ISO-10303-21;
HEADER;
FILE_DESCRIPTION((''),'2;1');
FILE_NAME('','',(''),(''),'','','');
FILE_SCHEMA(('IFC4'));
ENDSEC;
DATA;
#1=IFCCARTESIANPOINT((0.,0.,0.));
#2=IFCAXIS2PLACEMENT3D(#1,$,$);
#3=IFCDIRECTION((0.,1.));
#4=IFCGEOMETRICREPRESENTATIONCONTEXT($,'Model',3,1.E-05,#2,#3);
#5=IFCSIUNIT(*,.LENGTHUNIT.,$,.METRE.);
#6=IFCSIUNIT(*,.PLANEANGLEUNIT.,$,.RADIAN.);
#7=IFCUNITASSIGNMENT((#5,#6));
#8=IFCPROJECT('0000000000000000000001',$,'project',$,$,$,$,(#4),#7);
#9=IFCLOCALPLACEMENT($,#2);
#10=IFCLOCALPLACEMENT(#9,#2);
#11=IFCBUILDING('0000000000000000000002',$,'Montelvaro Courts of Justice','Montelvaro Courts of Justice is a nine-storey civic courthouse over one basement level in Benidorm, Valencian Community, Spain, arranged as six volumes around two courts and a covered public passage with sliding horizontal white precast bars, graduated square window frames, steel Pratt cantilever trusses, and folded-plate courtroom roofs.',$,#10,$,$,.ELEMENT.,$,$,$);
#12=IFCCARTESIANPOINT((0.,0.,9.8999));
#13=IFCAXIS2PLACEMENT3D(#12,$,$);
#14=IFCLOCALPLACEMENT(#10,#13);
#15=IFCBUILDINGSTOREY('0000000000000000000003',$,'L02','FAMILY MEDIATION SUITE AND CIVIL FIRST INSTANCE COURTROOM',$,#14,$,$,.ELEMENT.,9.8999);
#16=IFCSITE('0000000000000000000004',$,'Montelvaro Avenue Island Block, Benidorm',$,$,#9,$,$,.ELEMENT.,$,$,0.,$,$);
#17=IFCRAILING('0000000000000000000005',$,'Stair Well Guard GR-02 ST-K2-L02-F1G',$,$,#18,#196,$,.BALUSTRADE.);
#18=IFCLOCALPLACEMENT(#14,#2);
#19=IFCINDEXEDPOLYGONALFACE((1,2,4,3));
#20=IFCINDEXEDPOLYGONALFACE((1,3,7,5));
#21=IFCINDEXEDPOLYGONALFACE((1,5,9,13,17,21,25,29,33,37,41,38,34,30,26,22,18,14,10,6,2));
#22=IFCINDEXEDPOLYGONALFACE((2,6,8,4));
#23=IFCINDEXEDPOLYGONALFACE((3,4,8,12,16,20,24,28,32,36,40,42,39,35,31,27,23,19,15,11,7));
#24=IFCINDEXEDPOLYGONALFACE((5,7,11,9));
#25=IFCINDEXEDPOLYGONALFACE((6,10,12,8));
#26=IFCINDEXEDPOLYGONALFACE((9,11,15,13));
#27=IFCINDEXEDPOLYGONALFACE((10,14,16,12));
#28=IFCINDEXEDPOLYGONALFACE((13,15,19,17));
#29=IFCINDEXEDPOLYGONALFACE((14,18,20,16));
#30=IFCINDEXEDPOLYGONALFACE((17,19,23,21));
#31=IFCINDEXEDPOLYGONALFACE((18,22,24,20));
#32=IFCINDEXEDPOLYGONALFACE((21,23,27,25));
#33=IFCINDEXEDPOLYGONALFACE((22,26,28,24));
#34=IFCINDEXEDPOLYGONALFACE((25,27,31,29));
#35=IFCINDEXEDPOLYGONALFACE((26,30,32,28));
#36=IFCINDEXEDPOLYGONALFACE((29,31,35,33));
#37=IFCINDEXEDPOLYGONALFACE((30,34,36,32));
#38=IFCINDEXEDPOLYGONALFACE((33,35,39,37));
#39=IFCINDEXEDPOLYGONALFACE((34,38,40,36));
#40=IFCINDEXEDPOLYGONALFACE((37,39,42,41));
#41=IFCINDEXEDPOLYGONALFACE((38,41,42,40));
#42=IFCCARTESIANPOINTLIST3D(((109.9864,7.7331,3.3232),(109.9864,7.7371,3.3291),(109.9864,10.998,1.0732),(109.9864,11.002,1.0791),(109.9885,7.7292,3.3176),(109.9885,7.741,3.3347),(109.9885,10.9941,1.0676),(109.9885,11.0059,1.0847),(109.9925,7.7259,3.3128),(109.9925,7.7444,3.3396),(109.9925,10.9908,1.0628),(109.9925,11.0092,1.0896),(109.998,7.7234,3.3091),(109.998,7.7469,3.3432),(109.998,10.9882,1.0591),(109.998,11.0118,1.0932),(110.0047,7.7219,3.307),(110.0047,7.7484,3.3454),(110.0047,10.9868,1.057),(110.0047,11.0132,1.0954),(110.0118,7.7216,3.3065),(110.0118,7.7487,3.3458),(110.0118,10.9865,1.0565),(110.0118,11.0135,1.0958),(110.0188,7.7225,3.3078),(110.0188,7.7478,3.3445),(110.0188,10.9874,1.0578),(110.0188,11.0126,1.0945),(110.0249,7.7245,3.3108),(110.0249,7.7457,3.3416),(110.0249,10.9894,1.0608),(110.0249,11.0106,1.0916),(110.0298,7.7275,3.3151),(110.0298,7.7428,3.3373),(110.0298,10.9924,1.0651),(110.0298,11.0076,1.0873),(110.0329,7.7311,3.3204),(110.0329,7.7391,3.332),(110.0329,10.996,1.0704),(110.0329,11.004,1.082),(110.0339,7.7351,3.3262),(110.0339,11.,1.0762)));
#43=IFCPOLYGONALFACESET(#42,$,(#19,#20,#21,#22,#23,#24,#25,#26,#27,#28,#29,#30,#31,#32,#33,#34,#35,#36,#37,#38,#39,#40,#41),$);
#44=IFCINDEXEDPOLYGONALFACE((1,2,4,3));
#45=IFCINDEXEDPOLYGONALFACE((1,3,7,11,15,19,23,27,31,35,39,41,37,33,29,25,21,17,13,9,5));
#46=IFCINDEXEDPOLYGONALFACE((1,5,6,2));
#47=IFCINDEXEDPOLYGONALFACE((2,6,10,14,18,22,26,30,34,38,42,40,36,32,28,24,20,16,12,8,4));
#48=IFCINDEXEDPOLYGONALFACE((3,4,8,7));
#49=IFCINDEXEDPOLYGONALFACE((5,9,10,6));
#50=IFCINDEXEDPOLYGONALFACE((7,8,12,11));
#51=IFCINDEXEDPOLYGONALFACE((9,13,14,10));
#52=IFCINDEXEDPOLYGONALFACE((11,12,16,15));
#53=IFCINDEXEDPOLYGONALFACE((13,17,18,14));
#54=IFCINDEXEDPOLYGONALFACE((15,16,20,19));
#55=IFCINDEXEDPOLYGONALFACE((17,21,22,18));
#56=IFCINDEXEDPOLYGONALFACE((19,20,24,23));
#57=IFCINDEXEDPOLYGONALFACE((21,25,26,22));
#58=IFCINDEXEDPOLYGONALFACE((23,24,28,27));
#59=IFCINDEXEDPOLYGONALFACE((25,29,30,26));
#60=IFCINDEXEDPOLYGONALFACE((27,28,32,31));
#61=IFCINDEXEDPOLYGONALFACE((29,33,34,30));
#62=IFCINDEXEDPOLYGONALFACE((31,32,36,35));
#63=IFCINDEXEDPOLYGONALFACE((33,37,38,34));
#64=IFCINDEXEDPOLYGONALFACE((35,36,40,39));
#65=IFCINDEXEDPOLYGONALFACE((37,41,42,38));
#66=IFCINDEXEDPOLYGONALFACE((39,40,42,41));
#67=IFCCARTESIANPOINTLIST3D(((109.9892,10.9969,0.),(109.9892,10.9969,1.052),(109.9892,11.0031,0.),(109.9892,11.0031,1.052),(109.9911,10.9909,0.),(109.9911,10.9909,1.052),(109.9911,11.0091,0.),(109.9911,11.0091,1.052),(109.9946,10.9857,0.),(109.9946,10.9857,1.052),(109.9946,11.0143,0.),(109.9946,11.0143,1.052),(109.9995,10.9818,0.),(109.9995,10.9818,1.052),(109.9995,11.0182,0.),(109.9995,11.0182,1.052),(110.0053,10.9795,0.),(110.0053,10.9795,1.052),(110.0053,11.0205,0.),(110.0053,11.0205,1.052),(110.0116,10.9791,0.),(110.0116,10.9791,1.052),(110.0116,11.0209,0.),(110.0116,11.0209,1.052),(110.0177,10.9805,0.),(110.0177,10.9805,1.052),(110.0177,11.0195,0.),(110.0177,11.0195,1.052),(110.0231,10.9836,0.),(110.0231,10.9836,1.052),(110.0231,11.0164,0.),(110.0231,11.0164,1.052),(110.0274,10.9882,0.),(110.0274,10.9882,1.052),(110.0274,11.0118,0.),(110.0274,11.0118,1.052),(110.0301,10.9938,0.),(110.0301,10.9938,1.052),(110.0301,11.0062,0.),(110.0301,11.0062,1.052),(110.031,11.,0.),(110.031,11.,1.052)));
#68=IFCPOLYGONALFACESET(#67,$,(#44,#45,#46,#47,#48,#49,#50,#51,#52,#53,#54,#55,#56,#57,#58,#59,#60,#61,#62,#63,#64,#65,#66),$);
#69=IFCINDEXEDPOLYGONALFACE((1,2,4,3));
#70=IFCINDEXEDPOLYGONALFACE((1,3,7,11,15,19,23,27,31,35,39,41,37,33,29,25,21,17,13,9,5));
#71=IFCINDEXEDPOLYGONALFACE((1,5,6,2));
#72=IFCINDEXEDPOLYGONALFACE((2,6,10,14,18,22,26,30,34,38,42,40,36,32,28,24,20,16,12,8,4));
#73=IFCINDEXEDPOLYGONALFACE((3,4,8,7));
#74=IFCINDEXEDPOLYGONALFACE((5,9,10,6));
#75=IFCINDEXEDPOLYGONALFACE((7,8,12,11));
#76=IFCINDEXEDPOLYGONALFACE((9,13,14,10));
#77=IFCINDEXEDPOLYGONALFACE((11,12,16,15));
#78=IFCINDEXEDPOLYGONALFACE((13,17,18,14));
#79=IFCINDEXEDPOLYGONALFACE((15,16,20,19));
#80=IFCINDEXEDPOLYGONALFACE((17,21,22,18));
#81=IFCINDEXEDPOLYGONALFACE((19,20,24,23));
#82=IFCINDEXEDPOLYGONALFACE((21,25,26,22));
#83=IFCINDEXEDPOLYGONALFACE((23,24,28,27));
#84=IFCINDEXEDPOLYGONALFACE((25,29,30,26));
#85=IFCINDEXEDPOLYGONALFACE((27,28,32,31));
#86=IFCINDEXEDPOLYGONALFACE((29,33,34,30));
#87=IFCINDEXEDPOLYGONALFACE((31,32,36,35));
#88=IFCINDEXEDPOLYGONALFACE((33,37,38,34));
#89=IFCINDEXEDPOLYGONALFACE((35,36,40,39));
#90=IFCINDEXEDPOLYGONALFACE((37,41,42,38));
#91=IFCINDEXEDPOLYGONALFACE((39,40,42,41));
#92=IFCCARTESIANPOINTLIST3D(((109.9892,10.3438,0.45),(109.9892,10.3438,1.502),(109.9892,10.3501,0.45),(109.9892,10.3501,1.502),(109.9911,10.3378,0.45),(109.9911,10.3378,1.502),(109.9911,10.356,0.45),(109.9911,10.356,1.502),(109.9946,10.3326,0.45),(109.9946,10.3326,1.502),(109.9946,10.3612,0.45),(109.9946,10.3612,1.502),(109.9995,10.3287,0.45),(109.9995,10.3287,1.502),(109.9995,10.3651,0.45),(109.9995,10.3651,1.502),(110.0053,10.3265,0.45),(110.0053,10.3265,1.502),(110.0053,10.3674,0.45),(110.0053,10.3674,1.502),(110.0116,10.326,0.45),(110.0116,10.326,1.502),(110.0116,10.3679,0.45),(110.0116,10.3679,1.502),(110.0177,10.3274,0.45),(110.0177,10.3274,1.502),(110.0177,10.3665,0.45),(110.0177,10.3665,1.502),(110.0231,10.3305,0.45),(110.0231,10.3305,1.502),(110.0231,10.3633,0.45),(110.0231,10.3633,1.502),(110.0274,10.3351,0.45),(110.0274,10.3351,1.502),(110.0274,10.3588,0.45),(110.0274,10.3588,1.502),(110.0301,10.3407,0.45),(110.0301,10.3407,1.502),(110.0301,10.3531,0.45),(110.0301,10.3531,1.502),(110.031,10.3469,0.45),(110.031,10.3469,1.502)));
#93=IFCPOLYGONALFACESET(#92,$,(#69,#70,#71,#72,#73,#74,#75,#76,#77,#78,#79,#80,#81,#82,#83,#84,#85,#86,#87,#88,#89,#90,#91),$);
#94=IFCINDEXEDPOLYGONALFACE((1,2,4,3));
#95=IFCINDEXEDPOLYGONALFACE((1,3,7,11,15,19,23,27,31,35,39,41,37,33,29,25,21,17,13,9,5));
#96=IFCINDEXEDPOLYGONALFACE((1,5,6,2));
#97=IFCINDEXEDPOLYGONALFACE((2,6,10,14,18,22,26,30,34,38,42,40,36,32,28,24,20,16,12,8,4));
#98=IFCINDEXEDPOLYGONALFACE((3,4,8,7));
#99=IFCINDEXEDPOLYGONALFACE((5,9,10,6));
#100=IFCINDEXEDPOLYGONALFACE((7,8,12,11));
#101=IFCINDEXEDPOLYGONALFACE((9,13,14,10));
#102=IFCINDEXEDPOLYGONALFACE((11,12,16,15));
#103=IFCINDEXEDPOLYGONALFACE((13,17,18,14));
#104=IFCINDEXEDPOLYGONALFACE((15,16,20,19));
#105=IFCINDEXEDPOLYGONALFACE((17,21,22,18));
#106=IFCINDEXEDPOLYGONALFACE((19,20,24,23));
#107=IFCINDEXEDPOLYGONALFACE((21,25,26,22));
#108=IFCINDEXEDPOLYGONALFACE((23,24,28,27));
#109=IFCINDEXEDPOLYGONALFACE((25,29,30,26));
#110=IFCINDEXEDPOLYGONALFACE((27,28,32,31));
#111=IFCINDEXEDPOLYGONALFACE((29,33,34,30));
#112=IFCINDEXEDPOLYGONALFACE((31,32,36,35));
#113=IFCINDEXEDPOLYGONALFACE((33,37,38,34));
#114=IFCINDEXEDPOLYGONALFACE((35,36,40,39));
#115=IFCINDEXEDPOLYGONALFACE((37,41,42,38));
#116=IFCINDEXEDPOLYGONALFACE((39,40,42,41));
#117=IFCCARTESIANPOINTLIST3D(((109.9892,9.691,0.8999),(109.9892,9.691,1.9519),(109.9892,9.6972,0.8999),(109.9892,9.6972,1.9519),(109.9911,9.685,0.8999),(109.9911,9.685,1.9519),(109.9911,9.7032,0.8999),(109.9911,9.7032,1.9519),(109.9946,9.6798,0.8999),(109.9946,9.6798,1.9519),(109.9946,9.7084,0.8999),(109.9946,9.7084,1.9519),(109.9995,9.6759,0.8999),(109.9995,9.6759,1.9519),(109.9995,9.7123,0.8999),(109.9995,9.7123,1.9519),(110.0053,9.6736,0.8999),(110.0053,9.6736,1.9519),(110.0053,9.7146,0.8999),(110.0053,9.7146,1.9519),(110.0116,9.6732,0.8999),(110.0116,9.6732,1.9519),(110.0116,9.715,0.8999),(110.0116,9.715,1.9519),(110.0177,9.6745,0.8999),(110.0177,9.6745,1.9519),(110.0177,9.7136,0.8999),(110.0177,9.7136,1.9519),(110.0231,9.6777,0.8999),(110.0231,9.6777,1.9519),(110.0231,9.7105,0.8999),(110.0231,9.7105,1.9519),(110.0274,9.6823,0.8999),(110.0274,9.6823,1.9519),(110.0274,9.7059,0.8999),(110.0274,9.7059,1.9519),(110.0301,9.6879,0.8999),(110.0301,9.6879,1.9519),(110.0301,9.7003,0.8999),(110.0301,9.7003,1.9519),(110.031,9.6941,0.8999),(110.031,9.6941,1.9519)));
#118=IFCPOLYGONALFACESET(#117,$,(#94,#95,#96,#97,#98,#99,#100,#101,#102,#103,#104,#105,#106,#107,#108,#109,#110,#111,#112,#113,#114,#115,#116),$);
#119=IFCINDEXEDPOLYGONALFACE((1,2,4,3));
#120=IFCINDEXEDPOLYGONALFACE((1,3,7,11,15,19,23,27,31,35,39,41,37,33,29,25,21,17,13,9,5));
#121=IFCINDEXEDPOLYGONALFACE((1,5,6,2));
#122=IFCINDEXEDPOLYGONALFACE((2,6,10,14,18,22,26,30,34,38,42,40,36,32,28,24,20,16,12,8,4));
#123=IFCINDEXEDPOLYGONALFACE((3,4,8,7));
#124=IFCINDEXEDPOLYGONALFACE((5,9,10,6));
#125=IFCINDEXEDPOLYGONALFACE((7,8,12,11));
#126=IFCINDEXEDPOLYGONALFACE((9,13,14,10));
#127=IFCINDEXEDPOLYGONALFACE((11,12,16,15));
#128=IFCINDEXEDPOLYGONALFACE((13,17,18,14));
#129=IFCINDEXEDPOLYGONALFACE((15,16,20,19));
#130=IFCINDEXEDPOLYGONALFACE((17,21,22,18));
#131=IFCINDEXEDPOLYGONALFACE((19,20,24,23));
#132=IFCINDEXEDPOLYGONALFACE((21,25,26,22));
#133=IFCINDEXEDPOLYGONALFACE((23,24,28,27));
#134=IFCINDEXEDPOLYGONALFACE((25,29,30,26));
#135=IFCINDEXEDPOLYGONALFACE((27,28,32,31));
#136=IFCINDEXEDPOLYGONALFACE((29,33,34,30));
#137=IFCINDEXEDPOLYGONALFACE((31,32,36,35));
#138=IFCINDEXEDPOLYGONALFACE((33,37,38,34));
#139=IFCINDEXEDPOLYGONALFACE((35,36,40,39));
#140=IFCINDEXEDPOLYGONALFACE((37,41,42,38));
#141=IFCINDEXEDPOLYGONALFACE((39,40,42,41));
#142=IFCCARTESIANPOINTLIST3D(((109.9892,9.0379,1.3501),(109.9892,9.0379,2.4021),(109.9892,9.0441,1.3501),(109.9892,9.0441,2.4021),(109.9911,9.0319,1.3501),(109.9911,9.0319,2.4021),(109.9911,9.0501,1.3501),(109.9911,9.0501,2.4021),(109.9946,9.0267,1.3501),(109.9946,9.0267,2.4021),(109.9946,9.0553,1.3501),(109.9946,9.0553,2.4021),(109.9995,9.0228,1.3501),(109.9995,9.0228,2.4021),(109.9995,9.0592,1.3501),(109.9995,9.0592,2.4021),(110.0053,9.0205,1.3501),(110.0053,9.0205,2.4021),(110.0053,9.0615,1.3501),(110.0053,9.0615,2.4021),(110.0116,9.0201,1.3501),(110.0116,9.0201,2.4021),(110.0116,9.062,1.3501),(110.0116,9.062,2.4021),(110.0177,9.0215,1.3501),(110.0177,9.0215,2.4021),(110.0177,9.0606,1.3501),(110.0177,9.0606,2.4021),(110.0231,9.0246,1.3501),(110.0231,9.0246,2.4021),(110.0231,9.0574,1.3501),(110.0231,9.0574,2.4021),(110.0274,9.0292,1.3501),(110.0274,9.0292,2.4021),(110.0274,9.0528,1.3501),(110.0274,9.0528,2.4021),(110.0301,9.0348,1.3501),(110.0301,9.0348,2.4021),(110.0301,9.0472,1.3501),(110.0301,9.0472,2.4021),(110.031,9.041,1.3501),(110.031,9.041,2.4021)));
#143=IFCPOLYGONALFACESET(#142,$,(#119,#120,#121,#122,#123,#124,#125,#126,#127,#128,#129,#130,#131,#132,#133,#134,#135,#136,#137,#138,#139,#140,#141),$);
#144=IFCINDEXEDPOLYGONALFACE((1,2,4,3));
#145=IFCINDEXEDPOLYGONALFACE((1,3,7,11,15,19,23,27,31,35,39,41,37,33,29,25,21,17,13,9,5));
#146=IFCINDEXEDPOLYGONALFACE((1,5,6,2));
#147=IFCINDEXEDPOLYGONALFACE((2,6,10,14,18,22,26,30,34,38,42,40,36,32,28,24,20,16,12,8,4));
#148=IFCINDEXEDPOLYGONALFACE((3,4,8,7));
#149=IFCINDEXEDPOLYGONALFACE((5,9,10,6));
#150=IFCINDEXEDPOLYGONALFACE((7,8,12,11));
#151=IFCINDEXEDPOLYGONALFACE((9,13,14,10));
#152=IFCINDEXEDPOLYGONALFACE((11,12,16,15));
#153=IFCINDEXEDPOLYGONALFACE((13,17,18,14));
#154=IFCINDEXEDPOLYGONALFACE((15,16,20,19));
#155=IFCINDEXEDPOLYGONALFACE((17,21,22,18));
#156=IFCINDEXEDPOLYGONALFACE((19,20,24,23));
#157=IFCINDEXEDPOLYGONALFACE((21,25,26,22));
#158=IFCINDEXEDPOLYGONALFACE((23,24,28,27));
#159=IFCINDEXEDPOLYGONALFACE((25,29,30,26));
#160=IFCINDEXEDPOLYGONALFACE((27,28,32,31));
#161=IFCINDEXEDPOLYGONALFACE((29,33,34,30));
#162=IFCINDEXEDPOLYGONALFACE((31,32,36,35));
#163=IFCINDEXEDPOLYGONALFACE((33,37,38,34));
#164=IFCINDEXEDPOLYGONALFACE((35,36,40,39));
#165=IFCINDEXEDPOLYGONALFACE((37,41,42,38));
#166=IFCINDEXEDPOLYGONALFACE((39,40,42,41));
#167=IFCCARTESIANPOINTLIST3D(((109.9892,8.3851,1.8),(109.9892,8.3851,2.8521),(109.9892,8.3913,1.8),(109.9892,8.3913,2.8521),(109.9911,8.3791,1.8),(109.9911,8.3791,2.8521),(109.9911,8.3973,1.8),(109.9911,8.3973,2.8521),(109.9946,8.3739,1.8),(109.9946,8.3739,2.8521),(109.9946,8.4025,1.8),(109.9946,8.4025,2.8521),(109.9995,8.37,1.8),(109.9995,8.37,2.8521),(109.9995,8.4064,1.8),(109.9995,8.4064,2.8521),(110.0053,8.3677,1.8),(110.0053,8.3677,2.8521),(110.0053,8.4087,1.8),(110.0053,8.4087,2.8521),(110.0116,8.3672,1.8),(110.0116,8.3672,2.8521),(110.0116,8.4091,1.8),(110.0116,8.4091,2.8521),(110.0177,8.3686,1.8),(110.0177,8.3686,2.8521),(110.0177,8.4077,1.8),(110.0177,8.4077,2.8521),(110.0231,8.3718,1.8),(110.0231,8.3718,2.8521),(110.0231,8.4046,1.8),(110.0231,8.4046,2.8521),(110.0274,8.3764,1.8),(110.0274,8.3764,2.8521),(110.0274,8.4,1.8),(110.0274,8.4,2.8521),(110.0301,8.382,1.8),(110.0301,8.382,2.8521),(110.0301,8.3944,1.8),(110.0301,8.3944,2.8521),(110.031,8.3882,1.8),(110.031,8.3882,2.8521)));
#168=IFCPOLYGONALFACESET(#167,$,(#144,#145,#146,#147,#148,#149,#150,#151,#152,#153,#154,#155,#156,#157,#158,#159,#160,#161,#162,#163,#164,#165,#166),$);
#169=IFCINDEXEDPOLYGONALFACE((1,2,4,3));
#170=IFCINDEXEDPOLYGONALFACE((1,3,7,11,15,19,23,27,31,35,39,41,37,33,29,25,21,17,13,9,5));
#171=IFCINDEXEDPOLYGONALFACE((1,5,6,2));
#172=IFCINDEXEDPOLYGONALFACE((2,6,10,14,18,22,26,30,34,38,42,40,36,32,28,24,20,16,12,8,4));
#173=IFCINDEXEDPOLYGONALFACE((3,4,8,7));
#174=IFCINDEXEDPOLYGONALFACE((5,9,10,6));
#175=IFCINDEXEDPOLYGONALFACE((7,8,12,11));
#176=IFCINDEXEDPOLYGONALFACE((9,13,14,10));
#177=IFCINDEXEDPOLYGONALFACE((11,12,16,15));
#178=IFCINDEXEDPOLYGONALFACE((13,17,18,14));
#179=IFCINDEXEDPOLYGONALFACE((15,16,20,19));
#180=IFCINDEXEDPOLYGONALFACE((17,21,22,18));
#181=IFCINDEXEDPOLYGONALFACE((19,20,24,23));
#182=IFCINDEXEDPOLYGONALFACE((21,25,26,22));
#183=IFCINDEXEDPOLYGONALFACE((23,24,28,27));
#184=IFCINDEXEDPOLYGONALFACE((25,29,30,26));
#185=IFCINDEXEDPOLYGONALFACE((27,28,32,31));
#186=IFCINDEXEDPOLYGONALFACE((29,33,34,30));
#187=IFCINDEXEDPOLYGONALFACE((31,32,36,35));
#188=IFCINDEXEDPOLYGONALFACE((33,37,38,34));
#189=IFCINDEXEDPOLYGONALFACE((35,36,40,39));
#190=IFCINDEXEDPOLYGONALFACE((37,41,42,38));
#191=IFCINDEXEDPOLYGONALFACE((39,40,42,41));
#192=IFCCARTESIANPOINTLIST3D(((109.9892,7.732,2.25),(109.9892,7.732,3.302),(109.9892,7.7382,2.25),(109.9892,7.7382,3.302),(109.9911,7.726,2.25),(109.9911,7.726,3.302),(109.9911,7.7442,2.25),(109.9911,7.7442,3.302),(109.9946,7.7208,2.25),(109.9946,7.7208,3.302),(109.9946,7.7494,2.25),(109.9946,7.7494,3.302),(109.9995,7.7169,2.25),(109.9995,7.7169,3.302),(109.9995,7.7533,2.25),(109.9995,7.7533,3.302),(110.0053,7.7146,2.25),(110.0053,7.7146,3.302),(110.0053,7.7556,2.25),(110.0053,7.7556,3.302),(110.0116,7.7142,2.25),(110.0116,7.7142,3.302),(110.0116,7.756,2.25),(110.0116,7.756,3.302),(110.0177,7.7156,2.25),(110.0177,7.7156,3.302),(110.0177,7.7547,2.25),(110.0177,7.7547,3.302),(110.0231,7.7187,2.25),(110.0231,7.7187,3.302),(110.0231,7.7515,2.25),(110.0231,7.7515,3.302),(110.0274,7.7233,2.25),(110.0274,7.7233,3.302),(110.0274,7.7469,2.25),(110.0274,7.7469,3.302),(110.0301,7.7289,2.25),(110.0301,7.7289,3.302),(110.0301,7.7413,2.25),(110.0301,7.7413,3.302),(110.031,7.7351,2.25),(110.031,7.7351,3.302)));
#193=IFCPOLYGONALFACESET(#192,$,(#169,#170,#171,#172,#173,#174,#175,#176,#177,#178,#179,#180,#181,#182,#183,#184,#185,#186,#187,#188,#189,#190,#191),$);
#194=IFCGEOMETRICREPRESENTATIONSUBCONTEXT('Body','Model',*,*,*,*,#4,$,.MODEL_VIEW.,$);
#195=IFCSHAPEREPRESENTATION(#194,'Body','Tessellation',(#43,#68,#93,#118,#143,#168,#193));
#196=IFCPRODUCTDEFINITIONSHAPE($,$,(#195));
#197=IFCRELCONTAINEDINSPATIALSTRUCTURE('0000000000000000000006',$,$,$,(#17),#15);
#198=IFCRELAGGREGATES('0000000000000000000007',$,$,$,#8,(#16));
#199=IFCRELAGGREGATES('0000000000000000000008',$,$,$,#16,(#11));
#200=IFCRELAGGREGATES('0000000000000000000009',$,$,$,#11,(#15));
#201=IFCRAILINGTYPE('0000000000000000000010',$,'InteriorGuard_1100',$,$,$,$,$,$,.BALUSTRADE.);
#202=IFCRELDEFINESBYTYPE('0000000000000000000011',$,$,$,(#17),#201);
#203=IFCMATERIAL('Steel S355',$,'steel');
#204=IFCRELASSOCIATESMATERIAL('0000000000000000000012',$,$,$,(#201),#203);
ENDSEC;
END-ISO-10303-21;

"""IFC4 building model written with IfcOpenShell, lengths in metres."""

from ifc_helpers import new_model, si_unit, direction, frame, origin, origin_2d, place, context, subcontext, project, spatial, circle, extrude, material, type_object, element, save


model = new_model("IFC4")

# Units and contexts
model_context = context("Model", 3, precision=1e-05, world=origin(), true_north=direction((0.0, 1.0)))
body_context = subcontext(model_context, "Body", "Model", "MODEL_VIEW")
ifc_project = project(units=[si_unit("LENGTHUNIT", "METRE"), si_unit("PLANEANGLEUNIT", "RADIAN")], contexts=[model_context])

# Site, building, storey
site_placement = place(None, origin())
site = spatial("IfcSite", under=ifc_project, at=site_placement, Name="Montelvaro Avenue Island Block, Benidorm", CompositionType="ELEMENT", RefElevation=0.0)
building_placement = place(site_placement, origin())
building = spatial("IfcBuilding", under=site, at=building_placement, Name="Montelvaro Courts of Justice", Description="Montelvaro Courts of Justice is a nine-storey civic courthouse over one basement level in Benidorm, Valencian Community, Spain, arranged as six volumes around two courts and a covered public passage with sliding horizontal white precast bars, graduated square window frames, steel Pratt cantilever trusses, and folded-plate courtroom roofs.", CompositionType="ELEMENT")
storey_placement = place(building_placement, frame((0.0, 0.0, 9.8999)))
storey = spatial("IfcBuildingStorey", under=building, at=storey_placement, Name="L02", Description="FAMILY MEDIATION SUITE AND CIVIL FIRST INSTANCE COURTROOM", CompositionType="ELEMENT", Elevation=9.8999)

# Shared definitions
ifc_material_1 = material(Name="Steel S355", Category="steel")

# Railing
railing_type_1 = type_object("IfcRailingType", Name="InteriorGuard_1100", PredefinedType="BALUSTRADE", material=ifc_material_1)
railing_1_placement = place(storey_placement, frame((110.01, 11.0, 0.0)))
element("IfcRailing", 1, at=railing_1_placement, inside=storey, type_object=railing_type_1, Name="Stair Well Guard GR-02 ST-K2-L02-F1G", PredefinedType="BALUSTRADE", context=body_context, shape_type="SweptSolid", body=[
    extrude(circle(Radius=0.0239, at=origin_2d()), frame((0.0, 0.0, 1.0762), z_axis=(0.0, -0.823407, 0.567451), x_axis=(1.0, 0.0, 0.0)), (0.0, 0.0, 1.0), 3.9651),
    extrude(circle(Radius=0.021, at=origin_2d()), origin(), (0.0, 0.0, 1.0), 1.052),
    extrude(circle(Radius=0.021, at=origin_2d()), frame((0.0, -0.6531, 0.45)), (0.0, 0.0, 1.0), 1.052),
    extrude(circle(Radius=0.021, at=origin_2d()), frame((0.0, -1.3059, 0.8999)), (0.0, 0.0, 1.0), 1.052),
    extrude(circle(Radius=0.021, at=origin_2d()), frame((0.0, -1.959, 1.3501)), (0.0, 0.0, 1.0), 1.052),
    extrude(circle(Radius=0.021, at=origin_2d()), frame((0.0, -2.6118, 1.8)), (0.0, 0.0, 1.0), 1.052),
    extrude(circle(Radius=0.021, at=origin_2d()), frame((0.0, -3.2649, 2.25)), (0.0, 0.0, 1.0), 1.052),
])

save(model, "model.ifc")
